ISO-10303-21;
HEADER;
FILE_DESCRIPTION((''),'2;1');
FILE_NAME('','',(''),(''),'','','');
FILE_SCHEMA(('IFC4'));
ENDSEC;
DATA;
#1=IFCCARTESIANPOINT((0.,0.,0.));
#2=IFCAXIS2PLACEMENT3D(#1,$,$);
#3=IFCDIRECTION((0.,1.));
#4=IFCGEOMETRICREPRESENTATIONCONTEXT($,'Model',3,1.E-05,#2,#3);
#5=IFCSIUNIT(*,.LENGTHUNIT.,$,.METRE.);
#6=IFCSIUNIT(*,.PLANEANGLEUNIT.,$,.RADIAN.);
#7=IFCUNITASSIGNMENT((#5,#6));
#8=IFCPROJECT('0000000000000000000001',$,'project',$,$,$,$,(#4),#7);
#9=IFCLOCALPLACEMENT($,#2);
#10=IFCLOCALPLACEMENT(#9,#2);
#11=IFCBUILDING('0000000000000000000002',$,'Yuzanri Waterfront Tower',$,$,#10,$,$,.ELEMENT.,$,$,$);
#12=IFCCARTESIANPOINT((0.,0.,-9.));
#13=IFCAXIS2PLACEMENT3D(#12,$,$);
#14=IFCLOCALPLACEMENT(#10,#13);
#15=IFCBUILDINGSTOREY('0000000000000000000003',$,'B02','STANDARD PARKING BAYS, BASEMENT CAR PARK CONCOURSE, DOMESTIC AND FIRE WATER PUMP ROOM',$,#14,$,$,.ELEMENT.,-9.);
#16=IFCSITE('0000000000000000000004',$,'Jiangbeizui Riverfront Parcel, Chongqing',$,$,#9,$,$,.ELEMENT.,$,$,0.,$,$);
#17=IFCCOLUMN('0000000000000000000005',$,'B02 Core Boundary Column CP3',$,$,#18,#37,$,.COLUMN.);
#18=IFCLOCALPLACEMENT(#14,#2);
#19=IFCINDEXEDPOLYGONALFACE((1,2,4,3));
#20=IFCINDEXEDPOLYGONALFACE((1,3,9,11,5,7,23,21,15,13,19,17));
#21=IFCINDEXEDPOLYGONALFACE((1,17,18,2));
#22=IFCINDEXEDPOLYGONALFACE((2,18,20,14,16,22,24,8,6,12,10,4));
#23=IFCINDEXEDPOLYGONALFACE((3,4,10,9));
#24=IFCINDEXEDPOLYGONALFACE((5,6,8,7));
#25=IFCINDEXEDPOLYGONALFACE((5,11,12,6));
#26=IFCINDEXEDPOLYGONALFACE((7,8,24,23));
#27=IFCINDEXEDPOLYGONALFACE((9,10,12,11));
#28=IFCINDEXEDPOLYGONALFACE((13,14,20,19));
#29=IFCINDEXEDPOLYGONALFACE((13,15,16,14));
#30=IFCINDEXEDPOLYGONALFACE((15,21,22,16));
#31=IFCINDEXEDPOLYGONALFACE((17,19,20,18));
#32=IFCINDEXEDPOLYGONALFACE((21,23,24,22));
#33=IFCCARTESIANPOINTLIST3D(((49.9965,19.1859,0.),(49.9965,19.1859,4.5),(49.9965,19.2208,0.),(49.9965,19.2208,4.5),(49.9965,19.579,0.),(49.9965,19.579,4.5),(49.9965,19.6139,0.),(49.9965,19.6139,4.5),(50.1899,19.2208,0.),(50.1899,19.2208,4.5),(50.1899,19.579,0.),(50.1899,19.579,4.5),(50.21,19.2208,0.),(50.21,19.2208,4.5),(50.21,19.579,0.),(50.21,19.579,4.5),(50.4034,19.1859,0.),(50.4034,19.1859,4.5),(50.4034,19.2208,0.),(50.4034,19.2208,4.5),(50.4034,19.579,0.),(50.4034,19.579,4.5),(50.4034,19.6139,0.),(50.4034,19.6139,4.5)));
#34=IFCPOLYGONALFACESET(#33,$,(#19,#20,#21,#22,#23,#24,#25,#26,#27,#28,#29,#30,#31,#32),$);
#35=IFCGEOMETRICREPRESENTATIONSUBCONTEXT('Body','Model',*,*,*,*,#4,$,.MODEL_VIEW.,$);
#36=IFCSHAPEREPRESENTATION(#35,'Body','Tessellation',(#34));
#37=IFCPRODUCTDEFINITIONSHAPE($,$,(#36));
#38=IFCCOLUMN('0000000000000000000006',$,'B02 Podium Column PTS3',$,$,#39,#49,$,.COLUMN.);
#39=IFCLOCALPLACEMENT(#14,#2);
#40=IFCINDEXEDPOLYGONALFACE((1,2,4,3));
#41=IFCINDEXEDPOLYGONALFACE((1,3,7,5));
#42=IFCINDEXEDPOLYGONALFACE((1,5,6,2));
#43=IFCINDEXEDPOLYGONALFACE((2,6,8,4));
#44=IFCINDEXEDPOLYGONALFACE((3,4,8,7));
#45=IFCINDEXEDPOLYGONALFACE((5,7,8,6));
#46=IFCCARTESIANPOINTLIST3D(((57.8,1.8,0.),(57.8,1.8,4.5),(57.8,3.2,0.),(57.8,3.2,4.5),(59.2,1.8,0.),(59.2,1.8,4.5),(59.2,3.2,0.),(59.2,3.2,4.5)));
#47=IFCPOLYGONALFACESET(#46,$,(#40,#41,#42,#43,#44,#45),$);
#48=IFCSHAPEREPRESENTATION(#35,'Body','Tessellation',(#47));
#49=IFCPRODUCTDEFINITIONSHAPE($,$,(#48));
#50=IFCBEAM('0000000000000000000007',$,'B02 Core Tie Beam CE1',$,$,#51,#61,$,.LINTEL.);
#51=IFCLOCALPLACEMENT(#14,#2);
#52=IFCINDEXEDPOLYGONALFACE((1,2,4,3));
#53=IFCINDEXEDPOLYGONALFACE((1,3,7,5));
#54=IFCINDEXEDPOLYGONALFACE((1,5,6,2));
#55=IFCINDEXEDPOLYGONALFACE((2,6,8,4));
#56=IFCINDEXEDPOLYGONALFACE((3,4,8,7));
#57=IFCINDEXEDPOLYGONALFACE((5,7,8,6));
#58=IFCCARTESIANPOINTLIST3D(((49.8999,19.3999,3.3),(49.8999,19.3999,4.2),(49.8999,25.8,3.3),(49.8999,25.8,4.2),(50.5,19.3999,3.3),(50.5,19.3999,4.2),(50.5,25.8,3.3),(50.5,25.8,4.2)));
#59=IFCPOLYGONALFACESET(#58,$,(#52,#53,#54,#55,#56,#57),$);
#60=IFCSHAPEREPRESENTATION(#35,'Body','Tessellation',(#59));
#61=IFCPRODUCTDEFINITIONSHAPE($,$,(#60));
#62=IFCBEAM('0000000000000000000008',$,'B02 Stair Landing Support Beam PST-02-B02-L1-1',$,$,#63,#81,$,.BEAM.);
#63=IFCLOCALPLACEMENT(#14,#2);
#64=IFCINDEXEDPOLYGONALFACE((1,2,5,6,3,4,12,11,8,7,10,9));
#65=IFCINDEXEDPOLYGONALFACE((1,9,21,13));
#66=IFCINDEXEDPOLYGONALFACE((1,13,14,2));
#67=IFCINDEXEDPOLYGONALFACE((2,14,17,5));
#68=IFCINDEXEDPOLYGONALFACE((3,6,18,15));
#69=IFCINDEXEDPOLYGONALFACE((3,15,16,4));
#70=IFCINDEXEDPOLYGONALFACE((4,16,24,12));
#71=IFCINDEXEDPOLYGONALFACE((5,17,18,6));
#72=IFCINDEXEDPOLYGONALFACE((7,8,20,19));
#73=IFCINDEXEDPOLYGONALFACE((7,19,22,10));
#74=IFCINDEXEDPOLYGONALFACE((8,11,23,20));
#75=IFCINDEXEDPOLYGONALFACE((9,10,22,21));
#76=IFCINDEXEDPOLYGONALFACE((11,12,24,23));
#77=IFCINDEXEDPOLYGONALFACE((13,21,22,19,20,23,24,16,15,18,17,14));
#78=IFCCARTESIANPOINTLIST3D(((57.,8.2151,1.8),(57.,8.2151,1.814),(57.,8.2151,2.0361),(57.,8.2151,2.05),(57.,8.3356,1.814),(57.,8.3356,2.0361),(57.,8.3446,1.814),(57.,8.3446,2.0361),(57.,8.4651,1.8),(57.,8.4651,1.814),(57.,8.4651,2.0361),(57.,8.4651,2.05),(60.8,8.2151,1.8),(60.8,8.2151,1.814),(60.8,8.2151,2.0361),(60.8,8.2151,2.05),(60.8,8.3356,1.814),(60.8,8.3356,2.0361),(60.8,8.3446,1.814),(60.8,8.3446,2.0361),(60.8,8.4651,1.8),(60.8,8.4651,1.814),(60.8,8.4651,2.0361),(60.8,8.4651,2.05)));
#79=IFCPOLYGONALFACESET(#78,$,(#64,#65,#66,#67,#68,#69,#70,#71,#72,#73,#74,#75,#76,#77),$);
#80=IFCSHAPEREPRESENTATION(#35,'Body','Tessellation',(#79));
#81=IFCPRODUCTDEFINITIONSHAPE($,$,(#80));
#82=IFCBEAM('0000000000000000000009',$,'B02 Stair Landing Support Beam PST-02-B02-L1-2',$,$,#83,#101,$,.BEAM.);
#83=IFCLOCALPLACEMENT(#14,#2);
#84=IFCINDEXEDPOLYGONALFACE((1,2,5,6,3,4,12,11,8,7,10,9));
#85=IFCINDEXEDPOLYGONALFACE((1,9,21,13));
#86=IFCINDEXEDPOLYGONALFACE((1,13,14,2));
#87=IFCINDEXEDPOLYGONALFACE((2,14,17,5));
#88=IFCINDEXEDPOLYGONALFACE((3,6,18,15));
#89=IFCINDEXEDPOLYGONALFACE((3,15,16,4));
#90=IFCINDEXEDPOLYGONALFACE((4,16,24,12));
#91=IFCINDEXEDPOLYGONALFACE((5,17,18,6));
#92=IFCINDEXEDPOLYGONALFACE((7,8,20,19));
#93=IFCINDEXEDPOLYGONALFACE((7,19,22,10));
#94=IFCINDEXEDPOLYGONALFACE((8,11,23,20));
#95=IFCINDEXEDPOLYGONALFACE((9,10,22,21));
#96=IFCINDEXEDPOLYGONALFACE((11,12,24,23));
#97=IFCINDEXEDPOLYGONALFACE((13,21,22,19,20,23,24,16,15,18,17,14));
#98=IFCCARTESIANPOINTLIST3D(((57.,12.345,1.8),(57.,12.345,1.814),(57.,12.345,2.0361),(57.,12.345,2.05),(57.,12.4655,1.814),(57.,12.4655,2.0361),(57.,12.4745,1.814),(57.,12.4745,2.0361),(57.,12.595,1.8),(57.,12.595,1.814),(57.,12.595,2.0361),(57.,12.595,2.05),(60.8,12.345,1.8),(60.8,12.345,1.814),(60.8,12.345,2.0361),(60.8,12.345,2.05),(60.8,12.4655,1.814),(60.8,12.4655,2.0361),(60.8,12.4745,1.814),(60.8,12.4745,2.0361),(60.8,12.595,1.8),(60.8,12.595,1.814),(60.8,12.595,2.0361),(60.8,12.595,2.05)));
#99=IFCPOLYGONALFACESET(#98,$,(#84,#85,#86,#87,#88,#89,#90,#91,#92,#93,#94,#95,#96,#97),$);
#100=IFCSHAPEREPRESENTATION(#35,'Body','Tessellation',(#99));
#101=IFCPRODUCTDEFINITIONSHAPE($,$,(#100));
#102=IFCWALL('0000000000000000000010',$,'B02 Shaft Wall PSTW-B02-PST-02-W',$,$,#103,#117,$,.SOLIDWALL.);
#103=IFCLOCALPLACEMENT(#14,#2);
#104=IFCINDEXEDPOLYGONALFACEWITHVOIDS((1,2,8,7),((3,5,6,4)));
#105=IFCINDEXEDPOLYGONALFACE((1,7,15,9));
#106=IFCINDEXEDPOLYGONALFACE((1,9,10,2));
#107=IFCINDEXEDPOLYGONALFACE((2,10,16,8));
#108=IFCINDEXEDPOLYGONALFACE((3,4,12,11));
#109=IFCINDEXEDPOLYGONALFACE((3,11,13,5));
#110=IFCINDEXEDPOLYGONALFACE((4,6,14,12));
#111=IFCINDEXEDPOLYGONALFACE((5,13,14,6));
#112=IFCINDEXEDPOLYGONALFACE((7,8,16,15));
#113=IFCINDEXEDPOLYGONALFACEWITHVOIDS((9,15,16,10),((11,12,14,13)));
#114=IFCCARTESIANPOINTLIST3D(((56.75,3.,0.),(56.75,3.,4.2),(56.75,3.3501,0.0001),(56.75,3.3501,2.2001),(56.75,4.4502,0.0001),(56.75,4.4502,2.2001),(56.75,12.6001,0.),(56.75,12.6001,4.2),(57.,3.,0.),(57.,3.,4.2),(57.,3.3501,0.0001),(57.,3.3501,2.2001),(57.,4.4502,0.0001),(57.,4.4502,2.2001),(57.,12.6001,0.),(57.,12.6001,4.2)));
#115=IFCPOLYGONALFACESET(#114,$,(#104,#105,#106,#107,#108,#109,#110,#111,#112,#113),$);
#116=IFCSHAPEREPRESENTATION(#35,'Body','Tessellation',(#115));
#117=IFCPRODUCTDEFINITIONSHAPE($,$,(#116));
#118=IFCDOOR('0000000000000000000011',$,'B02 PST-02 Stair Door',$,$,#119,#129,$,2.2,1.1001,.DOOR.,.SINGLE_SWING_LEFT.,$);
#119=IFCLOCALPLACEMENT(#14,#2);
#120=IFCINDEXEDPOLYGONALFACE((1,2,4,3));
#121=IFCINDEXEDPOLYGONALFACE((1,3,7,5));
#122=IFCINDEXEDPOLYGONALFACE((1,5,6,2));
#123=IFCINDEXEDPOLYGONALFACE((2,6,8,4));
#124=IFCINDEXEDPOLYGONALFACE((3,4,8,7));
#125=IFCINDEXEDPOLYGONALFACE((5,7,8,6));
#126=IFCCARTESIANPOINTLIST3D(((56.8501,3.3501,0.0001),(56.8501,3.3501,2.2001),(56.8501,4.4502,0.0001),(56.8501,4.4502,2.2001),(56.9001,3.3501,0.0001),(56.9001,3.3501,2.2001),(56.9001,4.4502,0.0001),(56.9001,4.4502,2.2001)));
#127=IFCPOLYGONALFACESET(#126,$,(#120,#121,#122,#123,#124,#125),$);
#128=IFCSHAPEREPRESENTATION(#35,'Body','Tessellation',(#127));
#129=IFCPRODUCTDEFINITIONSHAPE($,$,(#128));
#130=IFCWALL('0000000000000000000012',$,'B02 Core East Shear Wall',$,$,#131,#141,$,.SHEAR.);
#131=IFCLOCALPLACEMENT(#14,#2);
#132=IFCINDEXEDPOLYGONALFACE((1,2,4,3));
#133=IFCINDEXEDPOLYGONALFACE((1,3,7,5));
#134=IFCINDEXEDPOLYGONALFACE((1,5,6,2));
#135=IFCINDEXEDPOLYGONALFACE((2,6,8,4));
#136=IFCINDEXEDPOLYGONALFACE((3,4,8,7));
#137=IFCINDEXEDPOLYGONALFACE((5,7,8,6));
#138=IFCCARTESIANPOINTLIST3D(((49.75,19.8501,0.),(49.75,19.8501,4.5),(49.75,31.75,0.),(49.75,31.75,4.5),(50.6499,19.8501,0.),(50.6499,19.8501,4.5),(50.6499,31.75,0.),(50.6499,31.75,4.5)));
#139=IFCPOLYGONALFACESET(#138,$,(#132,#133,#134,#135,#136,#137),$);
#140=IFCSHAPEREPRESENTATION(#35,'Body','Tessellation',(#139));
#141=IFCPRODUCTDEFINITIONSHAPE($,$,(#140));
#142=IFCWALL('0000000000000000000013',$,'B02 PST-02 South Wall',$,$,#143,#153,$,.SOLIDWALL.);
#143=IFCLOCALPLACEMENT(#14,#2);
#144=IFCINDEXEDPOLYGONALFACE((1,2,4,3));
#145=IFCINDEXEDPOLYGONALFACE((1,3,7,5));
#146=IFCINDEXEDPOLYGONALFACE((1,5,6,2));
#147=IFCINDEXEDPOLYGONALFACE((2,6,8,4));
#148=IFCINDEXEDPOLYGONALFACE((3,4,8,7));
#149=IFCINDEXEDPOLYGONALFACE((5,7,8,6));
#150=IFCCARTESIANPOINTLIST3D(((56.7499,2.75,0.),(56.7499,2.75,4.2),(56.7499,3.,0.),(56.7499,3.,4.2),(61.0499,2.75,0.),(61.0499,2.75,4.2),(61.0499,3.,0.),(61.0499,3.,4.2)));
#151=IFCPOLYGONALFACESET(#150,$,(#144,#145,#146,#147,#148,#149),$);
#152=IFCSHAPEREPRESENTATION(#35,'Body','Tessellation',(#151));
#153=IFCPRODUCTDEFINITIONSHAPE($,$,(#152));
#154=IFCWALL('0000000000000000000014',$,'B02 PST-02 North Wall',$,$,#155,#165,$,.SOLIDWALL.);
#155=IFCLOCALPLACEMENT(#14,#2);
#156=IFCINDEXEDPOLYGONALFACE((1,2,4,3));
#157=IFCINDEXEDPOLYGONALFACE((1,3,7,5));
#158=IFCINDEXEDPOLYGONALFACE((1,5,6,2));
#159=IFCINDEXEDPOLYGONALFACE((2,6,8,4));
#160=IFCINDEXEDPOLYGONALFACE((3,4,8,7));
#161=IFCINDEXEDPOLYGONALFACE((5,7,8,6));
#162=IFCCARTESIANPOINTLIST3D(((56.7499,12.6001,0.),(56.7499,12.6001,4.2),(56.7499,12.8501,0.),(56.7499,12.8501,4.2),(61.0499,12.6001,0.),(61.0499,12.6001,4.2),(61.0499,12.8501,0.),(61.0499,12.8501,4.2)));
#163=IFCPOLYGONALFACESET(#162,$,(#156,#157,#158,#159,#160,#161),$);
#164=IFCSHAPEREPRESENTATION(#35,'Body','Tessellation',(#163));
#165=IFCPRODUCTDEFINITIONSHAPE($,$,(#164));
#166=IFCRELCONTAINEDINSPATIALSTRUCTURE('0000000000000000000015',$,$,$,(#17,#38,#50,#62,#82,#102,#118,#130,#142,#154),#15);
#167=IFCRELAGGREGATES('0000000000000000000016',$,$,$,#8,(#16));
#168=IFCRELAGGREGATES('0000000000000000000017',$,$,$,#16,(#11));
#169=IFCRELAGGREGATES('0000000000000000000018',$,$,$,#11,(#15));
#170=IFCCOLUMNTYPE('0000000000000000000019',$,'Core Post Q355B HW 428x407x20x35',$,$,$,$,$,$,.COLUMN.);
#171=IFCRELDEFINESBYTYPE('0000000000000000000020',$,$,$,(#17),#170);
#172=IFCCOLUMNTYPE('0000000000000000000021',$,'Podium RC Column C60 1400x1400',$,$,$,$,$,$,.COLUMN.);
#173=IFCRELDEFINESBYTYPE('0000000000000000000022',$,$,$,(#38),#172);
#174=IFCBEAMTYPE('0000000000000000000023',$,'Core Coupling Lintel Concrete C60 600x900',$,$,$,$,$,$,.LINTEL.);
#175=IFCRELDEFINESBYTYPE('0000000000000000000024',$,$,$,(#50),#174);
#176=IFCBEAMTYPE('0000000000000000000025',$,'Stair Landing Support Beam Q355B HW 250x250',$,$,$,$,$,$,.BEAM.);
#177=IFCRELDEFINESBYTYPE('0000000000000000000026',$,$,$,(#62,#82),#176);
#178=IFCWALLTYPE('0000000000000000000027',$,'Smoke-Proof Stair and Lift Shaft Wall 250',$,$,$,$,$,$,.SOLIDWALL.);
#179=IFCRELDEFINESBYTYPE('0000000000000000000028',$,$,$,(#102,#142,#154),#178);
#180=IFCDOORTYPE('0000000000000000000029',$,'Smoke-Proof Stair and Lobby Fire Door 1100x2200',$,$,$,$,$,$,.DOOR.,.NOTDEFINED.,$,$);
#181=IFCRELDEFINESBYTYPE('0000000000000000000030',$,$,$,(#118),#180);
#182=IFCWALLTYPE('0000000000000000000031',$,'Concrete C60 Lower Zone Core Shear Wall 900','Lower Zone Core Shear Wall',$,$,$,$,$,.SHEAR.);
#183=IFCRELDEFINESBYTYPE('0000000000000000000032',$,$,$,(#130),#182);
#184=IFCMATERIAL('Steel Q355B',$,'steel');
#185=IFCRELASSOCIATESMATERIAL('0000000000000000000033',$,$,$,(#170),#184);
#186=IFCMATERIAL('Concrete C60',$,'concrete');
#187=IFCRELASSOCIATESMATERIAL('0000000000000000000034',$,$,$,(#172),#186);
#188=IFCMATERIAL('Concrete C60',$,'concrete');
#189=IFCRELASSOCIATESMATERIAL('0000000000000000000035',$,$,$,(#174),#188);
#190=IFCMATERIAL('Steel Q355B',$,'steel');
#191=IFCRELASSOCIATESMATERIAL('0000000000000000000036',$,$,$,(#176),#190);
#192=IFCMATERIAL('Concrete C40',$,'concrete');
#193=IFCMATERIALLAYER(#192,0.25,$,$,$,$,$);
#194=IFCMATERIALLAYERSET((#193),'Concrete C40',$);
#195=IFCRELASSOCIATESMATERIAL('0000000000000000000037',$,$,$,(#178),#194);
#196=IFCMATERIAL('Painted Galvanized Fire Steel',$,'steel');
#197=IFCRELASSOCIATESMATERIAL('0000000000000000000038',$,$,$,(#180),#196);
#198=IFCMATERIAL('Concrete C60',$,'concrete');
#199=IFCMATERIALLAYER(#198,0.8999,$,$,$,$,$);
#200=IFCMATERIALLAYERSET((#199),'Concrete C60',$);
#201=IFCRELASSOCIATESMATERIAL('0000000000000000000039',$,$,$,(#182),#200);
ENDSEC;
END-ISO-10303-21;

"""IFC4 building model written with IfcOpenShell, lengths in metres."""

from ifc_helpers import new_model, si_unit, direction, frame, frame_2d, origin, origin_2d, place, context, subcontext, project, spatial, rectangle, i_section, extrude, source, transform, mapped, material, layer, layer_set, material_profile, profile_set, type_object, element, fill, save


model = new_model("IFC4")

# Units and contexts
model_context = context("Model", 3, precision=1e-05, world=origin(), true_north=direction((0.0, 1.0)))
body_context = subcontext(model_context, "Body", "Model", "MODEL_VIEW")
ifc_project = project(units=[si_unit("LENGTHUNIT", "METRE"), si_unit("PLANEANGLEUNIT", "RADIAN")], contexts=[model_context])

# Site, building, storey
site_placement = place(None, origin())
site = spatial("IfcSite", under=ifc_project, at=site_placement, Name="Jiangbeizui Riverfront Parcel, Chongqing", CompositionType="ELEMENT", RefElevation=0.0)
building_placement = place(site_placement, origin())
building = spatial("IfcBuilding", under=site, at=building_placement, Name="Yuzanri Waterfront Tower", CompositionType="ELEMENT")
storey_placement = place(building_placement, frame((0.0, 0.0, -9.0)))
storey = spatial("IfcBuildingStorey", under=building, at=storey_placement, Name="B02", Description="STANDARD PARKING BAYS, BASEMENT CAR PARK CONCOURSE, DOMESTIC AND FIRE WATER PUMP ROOM", CompositionType="ELEMENT", Elevation=-9.0)

# Columns
ifc_material_1 = material(Name="Steel Q355B", Category="steel")
ifc_material_profile_1 = material_profile(ifc_material_1, i_section(OverallWidth=0.407, OverallDepth=0.428, WebThickness=0.02, FlangeThickness=0.0349, at=origin_2d()), Name="HW 428x407x20x35")
ifc_profile_set_1 = profile_set([ifc_material_profile_1], Name="Steel Q355B")
column_type_1 = type_object("IfcColumnType", Name="Core Post Q355B HW 428x407x20x35", PredefinedType="COLUMN", material=ifc_profile_set_1)
shared_shape_1 = source(origin(), body_context, "Body", "SweptSolid", [
    extrude(i_section(OverallWidth=0.407, OverallDepth=0.428, WebThickness=0.02, FlangeThickness=0.0349, at=origin_2d()), origin(), (0.0, 0.0, 1.0), 4.5),
])
column_1_placement = place(storey_placement, frame((50.2, 19.3999, 0.0), z_axis=(0.0, 0.0, 1.0), x_axis=(1.0, 0.0, 0.0)))
element("IfcColumn", 1, at=column_1_placement, inside=storey, type_object=column_type_1, Name="B02 Core Boundary Column CP3", PredefinedType="COLUMN", context=body_context, shape_type="MappedRepresentation", body=[
    mapped(shared_shape_1, transform((0.0, 0.0, 0.0), scale=1.0)),
])
ifc_material_2 = material(Name="Concrete C60", Category="concrete")
ifc_material_profile_2 = material_profile(ifc_material_2, rectangle(XDim=1.3999, YDim=1.3999, at=origin_2d()), Name="RC 1400x1400")
ifc_profile_set_2 = profile_set([ifc_material_profile_2], Name="Concrete C60")
column_type_2 = type_object("IfcColumnType", Name="Podium RC Column C60 1400x1400", PredefinedType="COLUMN", material=ifc_profile_set_2)
shared_shape_2 = source(origin(), body_context, "Body", "SweptSolid", [
    extrude(rectangle(XDim=1.3999, YDim=1.3999, at=origin_2d()), origin(), (0.0, 0.0, 1.0), 4.5),
])
column_2_placement = place(storey_placement, frame((58.5, 2.5, 0.0), z_axis=(0.0, 0.0, 1.0), x_axis=(1.0, 0.0, 0.0)))
element("IfcColumn", 2, at=column_2_placement, inside=storey, type_object=column_type_2, Name="B02 Podium Column PTS3", PredefinedType="COLUMN", context=body_context, shape_type="MappedRepresentation", body=[
    mapped(shared_shape_2, transform((0.0, 0.0, 0.0), scale=1.0)),
])

# Beams
ifc_material_3 = material(Name="Concrete C60", Category="concrete")
ifc_material_profile_3 = material_profile(ifc_material_3, rectangle(XDim=0.6001, YDim=0.8999, at=origin_2d()), Name="RC 600x900")
ifc_profile_set_3 = profile_set([ifc_material_profile_3], Name="Concrete C60")
beam_type_1 = type_object("IfcBeamType", Name="Core Coupling Lintel Concrete C60 600x900", PredefinedType="LINTEL", material=ifc_profile_set_3)
shared_shape_3 = source(origin(), body_context, "Body", "SweptSolid", [
    extrude(rectangle(XDim=0.6001, YDim=0.8999, at=origin_2d()), origin(), (0.0, 0.0, 1.0), 6.4001),
])
beam_placement = place(storey_placement, frame((50.2, 19.3999, 3.75), z_axis=(0.0, 1.0, 0.0), x_axis=(-1.0, 0.0, 0.0)))
element("IfcBeam", 3, at=beam_placement, inside=storey, type_object=beam_type_1, Name="B02 Core Tie Beam CE1", PredefinedType="LINTEL", context=body_context, shape_type="MappedRepresentation", body=[
    mapped(shared_shape_3, transform((0.0, 0.0, 0.0), scale=1.0)),
])
ifc_material_4 = material(Name="Steel Q355B", Category="steel")
ifc_material_profile_4 = material_profile(ifc_material_4, i_section(OverallWidth=0.25, OverallDepth=0.25, WebThickness=0.009, FlangeThickness=0.0139, at=origin_2d()), Name="HW 250x250x9x14")
ifc_profile_set_4 = profile_set([ifc_material_profile_4], Name="Steel Q355B")
beam_type_2 = type_object("IfcBeamType", Name="Stair Landing Support Beam Q355B HW 250x250", PredefinedType="BEAM", material=ifc_profile_set_4)
shared_shape_4 = source(origin(), body_context, "Body", "SweptSolid", [
    extrude(i_section(OverallWidth=0.25, OverallDepth=0.25, WebThickness=0.009, FlangeThickness=0.0139, at=origin_2d()), origin(), (0.0, 0.0, 1.0), 3.8),
])
for number, where, z_axis, x_axis, name in (
    (4, (57.0, 8.3401, 1.925), (1.0, 0.0, 0.0), (0.0, 1.0, 0.0), "B02 Stair Landing Support Beam PST-02-B02-L1-1"),
    (5, (57.0, 12.47, 1.925), (1.0, 0.0, 0.0), (0.0, 1.0, 0.0), "B02 Stair Landing Support Beam PST-02-B02-L1-2"),
):
    element("IfcBeam", number, at=place(storey_placement, frame(where, z_axis=z_axis, x_axis=x_axis)), inside=storey, type_object=beam_type_2, Name=name, PredefinedType="BEAM", context=body_context, shape_type="MappedRepresentation", body=[
        mapped(shared_shape_4, transform((0.0, 0.0, 0.0), scale=1.0)),
    ])

# Wall, opening, door
ifc_material_5 = material(Name="Concrete C40", Category="concrete")
ifc_layer_1 = layer(ifc_material_5, 0.25)
ifc_layer_set_1 = layer_set([ifc_layer_1], Name="Concrete C40")
wall_type_1 = type_object("IfcWallType", Name="Smoke-Proof Stair and Lift Shaft Wall 250", PredefinedType="SOLIDWALL", material=ifc_layer_set_1)
wall_1_placement = place(storey_placement, frame((56.875, 3.0, 0.0), z_axis=(0.0, 0.0, 1.0), x_axis=(0.0, 1.0, 0.0)))
wall_1 = element("IfcWall", 6, at=wall_1_placement, inside=storey, type_object=wall_type_1, Name="B02 Shaft Wall PSTW-B02-PST-02-W", PredefinedType="SOLIDWALL", context=body_context, shape_type="SweptSolid", body=[
    extrude(rectangle(XDim=9.6001, YDim=0.25, at=frame_2d((4.8, 0.0))), origin(), (0.0, 0.0, 1.0), 4.2),
])
opening_placement = place(wall_1_placement, frame((0.3501, 0.0, 0.0)))
opening = element("IfcOpeningElement", 7, at=opening_placement, cuts=wall_1, PredefinedType="OPENING", context=body_context, shape_type="SweptSolid", body=[
    extrude(rectangle(XDim=1.1001, YDim=2.2, at=frame_2d((0.55, 1.1001))), frame((0.0, 0.1399, 0.0), z_axis=(0.0, -1.0, 0.0), x_axis=(1.0, 0.0, 0.0)), (0.0, 0.0, 1.0), 0.2798),
])
ifc_material_6 = material(Name="Painted Galvanized Fire Steel", Category="steel")
door_type = type_object("IfcDoorType", Name="Smoke-Proof Stair and Lobby Fire Door 1100x2200", OperationType="NOTDEFINED", PredefinedType="DOOR", material=ifc_material_6)
shared_shape_5 = source(origin(), body_context, "Body", "SweptSolid", [
    extrude(rectangle(XDim=1.1001, YDim=2.2, at=frame_2d((0.55, 1.1001))), frame((0.0, 0.0249, 0.0), z_axis=(0.0, -1.0, 0.0), x_axis=(1.0, 0.0, 0.0)), (0.0, 0.0, 1.0), 0.05),
])
door_placement = place(opening_placement, origin())
door = element("IfcDoor", 8, at=door_placement, inside=storey, type_object=door_type, Name="B02 PST-02 Stair Door", OperationType="SINGLE_SWING_LEFT", OverallHeight=2.2, OverallWidth=1.1001, PredefinedType="DOOR", context=body_context, shape_type="MappedRepresentation", body=[
    mapped(shared_shape_5, transform((0.0, 0.0, 0.0), scale=1.0)),
])
fill(opening, door)

# Walls
ifc_material_7 = material(Name="Concrete C60", Category="concrete")
ifc_layer_2 = layer(ifc_material_7, 0.8999)
ifc_layer_set_2 = layer_set([ifc_layer_2], Name="Concrete C60")
wall_type_2 = type_object("IfcWallType", Name="Concrete C60 Lower Zone Core Shear Wall 900", Description="Lower Zone Core Shear Wall", PredefinedType="SHEAR", material=ifc_layer_set_2)
shared_shape_6 = source(origin(), body_context, "Body", "SweptSolid", [
    extrude(rectangle(XDim=11.8999, YDim=0.8999, at=frame_2d((5.95, 0.0))), origin(), (0.0, 0.0, 1.0), 4.5),
])
wall_2_placement = place(storey_placement, frame((50.2, 19.8501, 0.0), z_axis=(0.0, 0.0, 1.0), x_axis=(0.0, 1.0, 0.0)))
element("IfcWall", 9, at=wall_2_placement, inside=storey, type_object=wall_type_2, Name="B02 Core East Shear Wall", PredefinedType="SHEAR", context=body_context, shape_type="MappedRepresentation", body=[
    mapped(shared_shape_6, transform((0.0, 0.0, 0.0), scale=1.0)),
])
shared_shape_7 = source(origin(), body_context, "Body", "SweptSolid", [
    extrude(rectangle(XDim=4.3, YDim=0.25, at=frame_2d((2.1499, 0.0))), origin(), (0.0, 0.0, 1.0), 4.2),
])
for number, where, z_axis, x_axis, name in (
    (10, (56.75, 2.875, 0.0), (0.0, 0.0, 1.0), (1.0, 0.0, 0.0), "B02 PST-02 South Wall"),
    (11, (56.75, 12.7251, 0.0), (0.0, 0.0, 1.0), (1.0, 0.0, 0.0), "B02 PST-02 North Wall"),
):
    element("IfcWall", number, at=place(storey_placement, frame(where, z_axis=z_axis, x_axis=x_axis)), inside=storey, type_object=wall_type_1, Name=name, PredefinedType="SOLIDWALL", context=body_context, shape_type="MappedRepresentation", body=[
        mapped(shared_shape_7, transform((0.0, 0.0, 0.0), scale=1.0)),
    ])

save(model, "model.ifc")
